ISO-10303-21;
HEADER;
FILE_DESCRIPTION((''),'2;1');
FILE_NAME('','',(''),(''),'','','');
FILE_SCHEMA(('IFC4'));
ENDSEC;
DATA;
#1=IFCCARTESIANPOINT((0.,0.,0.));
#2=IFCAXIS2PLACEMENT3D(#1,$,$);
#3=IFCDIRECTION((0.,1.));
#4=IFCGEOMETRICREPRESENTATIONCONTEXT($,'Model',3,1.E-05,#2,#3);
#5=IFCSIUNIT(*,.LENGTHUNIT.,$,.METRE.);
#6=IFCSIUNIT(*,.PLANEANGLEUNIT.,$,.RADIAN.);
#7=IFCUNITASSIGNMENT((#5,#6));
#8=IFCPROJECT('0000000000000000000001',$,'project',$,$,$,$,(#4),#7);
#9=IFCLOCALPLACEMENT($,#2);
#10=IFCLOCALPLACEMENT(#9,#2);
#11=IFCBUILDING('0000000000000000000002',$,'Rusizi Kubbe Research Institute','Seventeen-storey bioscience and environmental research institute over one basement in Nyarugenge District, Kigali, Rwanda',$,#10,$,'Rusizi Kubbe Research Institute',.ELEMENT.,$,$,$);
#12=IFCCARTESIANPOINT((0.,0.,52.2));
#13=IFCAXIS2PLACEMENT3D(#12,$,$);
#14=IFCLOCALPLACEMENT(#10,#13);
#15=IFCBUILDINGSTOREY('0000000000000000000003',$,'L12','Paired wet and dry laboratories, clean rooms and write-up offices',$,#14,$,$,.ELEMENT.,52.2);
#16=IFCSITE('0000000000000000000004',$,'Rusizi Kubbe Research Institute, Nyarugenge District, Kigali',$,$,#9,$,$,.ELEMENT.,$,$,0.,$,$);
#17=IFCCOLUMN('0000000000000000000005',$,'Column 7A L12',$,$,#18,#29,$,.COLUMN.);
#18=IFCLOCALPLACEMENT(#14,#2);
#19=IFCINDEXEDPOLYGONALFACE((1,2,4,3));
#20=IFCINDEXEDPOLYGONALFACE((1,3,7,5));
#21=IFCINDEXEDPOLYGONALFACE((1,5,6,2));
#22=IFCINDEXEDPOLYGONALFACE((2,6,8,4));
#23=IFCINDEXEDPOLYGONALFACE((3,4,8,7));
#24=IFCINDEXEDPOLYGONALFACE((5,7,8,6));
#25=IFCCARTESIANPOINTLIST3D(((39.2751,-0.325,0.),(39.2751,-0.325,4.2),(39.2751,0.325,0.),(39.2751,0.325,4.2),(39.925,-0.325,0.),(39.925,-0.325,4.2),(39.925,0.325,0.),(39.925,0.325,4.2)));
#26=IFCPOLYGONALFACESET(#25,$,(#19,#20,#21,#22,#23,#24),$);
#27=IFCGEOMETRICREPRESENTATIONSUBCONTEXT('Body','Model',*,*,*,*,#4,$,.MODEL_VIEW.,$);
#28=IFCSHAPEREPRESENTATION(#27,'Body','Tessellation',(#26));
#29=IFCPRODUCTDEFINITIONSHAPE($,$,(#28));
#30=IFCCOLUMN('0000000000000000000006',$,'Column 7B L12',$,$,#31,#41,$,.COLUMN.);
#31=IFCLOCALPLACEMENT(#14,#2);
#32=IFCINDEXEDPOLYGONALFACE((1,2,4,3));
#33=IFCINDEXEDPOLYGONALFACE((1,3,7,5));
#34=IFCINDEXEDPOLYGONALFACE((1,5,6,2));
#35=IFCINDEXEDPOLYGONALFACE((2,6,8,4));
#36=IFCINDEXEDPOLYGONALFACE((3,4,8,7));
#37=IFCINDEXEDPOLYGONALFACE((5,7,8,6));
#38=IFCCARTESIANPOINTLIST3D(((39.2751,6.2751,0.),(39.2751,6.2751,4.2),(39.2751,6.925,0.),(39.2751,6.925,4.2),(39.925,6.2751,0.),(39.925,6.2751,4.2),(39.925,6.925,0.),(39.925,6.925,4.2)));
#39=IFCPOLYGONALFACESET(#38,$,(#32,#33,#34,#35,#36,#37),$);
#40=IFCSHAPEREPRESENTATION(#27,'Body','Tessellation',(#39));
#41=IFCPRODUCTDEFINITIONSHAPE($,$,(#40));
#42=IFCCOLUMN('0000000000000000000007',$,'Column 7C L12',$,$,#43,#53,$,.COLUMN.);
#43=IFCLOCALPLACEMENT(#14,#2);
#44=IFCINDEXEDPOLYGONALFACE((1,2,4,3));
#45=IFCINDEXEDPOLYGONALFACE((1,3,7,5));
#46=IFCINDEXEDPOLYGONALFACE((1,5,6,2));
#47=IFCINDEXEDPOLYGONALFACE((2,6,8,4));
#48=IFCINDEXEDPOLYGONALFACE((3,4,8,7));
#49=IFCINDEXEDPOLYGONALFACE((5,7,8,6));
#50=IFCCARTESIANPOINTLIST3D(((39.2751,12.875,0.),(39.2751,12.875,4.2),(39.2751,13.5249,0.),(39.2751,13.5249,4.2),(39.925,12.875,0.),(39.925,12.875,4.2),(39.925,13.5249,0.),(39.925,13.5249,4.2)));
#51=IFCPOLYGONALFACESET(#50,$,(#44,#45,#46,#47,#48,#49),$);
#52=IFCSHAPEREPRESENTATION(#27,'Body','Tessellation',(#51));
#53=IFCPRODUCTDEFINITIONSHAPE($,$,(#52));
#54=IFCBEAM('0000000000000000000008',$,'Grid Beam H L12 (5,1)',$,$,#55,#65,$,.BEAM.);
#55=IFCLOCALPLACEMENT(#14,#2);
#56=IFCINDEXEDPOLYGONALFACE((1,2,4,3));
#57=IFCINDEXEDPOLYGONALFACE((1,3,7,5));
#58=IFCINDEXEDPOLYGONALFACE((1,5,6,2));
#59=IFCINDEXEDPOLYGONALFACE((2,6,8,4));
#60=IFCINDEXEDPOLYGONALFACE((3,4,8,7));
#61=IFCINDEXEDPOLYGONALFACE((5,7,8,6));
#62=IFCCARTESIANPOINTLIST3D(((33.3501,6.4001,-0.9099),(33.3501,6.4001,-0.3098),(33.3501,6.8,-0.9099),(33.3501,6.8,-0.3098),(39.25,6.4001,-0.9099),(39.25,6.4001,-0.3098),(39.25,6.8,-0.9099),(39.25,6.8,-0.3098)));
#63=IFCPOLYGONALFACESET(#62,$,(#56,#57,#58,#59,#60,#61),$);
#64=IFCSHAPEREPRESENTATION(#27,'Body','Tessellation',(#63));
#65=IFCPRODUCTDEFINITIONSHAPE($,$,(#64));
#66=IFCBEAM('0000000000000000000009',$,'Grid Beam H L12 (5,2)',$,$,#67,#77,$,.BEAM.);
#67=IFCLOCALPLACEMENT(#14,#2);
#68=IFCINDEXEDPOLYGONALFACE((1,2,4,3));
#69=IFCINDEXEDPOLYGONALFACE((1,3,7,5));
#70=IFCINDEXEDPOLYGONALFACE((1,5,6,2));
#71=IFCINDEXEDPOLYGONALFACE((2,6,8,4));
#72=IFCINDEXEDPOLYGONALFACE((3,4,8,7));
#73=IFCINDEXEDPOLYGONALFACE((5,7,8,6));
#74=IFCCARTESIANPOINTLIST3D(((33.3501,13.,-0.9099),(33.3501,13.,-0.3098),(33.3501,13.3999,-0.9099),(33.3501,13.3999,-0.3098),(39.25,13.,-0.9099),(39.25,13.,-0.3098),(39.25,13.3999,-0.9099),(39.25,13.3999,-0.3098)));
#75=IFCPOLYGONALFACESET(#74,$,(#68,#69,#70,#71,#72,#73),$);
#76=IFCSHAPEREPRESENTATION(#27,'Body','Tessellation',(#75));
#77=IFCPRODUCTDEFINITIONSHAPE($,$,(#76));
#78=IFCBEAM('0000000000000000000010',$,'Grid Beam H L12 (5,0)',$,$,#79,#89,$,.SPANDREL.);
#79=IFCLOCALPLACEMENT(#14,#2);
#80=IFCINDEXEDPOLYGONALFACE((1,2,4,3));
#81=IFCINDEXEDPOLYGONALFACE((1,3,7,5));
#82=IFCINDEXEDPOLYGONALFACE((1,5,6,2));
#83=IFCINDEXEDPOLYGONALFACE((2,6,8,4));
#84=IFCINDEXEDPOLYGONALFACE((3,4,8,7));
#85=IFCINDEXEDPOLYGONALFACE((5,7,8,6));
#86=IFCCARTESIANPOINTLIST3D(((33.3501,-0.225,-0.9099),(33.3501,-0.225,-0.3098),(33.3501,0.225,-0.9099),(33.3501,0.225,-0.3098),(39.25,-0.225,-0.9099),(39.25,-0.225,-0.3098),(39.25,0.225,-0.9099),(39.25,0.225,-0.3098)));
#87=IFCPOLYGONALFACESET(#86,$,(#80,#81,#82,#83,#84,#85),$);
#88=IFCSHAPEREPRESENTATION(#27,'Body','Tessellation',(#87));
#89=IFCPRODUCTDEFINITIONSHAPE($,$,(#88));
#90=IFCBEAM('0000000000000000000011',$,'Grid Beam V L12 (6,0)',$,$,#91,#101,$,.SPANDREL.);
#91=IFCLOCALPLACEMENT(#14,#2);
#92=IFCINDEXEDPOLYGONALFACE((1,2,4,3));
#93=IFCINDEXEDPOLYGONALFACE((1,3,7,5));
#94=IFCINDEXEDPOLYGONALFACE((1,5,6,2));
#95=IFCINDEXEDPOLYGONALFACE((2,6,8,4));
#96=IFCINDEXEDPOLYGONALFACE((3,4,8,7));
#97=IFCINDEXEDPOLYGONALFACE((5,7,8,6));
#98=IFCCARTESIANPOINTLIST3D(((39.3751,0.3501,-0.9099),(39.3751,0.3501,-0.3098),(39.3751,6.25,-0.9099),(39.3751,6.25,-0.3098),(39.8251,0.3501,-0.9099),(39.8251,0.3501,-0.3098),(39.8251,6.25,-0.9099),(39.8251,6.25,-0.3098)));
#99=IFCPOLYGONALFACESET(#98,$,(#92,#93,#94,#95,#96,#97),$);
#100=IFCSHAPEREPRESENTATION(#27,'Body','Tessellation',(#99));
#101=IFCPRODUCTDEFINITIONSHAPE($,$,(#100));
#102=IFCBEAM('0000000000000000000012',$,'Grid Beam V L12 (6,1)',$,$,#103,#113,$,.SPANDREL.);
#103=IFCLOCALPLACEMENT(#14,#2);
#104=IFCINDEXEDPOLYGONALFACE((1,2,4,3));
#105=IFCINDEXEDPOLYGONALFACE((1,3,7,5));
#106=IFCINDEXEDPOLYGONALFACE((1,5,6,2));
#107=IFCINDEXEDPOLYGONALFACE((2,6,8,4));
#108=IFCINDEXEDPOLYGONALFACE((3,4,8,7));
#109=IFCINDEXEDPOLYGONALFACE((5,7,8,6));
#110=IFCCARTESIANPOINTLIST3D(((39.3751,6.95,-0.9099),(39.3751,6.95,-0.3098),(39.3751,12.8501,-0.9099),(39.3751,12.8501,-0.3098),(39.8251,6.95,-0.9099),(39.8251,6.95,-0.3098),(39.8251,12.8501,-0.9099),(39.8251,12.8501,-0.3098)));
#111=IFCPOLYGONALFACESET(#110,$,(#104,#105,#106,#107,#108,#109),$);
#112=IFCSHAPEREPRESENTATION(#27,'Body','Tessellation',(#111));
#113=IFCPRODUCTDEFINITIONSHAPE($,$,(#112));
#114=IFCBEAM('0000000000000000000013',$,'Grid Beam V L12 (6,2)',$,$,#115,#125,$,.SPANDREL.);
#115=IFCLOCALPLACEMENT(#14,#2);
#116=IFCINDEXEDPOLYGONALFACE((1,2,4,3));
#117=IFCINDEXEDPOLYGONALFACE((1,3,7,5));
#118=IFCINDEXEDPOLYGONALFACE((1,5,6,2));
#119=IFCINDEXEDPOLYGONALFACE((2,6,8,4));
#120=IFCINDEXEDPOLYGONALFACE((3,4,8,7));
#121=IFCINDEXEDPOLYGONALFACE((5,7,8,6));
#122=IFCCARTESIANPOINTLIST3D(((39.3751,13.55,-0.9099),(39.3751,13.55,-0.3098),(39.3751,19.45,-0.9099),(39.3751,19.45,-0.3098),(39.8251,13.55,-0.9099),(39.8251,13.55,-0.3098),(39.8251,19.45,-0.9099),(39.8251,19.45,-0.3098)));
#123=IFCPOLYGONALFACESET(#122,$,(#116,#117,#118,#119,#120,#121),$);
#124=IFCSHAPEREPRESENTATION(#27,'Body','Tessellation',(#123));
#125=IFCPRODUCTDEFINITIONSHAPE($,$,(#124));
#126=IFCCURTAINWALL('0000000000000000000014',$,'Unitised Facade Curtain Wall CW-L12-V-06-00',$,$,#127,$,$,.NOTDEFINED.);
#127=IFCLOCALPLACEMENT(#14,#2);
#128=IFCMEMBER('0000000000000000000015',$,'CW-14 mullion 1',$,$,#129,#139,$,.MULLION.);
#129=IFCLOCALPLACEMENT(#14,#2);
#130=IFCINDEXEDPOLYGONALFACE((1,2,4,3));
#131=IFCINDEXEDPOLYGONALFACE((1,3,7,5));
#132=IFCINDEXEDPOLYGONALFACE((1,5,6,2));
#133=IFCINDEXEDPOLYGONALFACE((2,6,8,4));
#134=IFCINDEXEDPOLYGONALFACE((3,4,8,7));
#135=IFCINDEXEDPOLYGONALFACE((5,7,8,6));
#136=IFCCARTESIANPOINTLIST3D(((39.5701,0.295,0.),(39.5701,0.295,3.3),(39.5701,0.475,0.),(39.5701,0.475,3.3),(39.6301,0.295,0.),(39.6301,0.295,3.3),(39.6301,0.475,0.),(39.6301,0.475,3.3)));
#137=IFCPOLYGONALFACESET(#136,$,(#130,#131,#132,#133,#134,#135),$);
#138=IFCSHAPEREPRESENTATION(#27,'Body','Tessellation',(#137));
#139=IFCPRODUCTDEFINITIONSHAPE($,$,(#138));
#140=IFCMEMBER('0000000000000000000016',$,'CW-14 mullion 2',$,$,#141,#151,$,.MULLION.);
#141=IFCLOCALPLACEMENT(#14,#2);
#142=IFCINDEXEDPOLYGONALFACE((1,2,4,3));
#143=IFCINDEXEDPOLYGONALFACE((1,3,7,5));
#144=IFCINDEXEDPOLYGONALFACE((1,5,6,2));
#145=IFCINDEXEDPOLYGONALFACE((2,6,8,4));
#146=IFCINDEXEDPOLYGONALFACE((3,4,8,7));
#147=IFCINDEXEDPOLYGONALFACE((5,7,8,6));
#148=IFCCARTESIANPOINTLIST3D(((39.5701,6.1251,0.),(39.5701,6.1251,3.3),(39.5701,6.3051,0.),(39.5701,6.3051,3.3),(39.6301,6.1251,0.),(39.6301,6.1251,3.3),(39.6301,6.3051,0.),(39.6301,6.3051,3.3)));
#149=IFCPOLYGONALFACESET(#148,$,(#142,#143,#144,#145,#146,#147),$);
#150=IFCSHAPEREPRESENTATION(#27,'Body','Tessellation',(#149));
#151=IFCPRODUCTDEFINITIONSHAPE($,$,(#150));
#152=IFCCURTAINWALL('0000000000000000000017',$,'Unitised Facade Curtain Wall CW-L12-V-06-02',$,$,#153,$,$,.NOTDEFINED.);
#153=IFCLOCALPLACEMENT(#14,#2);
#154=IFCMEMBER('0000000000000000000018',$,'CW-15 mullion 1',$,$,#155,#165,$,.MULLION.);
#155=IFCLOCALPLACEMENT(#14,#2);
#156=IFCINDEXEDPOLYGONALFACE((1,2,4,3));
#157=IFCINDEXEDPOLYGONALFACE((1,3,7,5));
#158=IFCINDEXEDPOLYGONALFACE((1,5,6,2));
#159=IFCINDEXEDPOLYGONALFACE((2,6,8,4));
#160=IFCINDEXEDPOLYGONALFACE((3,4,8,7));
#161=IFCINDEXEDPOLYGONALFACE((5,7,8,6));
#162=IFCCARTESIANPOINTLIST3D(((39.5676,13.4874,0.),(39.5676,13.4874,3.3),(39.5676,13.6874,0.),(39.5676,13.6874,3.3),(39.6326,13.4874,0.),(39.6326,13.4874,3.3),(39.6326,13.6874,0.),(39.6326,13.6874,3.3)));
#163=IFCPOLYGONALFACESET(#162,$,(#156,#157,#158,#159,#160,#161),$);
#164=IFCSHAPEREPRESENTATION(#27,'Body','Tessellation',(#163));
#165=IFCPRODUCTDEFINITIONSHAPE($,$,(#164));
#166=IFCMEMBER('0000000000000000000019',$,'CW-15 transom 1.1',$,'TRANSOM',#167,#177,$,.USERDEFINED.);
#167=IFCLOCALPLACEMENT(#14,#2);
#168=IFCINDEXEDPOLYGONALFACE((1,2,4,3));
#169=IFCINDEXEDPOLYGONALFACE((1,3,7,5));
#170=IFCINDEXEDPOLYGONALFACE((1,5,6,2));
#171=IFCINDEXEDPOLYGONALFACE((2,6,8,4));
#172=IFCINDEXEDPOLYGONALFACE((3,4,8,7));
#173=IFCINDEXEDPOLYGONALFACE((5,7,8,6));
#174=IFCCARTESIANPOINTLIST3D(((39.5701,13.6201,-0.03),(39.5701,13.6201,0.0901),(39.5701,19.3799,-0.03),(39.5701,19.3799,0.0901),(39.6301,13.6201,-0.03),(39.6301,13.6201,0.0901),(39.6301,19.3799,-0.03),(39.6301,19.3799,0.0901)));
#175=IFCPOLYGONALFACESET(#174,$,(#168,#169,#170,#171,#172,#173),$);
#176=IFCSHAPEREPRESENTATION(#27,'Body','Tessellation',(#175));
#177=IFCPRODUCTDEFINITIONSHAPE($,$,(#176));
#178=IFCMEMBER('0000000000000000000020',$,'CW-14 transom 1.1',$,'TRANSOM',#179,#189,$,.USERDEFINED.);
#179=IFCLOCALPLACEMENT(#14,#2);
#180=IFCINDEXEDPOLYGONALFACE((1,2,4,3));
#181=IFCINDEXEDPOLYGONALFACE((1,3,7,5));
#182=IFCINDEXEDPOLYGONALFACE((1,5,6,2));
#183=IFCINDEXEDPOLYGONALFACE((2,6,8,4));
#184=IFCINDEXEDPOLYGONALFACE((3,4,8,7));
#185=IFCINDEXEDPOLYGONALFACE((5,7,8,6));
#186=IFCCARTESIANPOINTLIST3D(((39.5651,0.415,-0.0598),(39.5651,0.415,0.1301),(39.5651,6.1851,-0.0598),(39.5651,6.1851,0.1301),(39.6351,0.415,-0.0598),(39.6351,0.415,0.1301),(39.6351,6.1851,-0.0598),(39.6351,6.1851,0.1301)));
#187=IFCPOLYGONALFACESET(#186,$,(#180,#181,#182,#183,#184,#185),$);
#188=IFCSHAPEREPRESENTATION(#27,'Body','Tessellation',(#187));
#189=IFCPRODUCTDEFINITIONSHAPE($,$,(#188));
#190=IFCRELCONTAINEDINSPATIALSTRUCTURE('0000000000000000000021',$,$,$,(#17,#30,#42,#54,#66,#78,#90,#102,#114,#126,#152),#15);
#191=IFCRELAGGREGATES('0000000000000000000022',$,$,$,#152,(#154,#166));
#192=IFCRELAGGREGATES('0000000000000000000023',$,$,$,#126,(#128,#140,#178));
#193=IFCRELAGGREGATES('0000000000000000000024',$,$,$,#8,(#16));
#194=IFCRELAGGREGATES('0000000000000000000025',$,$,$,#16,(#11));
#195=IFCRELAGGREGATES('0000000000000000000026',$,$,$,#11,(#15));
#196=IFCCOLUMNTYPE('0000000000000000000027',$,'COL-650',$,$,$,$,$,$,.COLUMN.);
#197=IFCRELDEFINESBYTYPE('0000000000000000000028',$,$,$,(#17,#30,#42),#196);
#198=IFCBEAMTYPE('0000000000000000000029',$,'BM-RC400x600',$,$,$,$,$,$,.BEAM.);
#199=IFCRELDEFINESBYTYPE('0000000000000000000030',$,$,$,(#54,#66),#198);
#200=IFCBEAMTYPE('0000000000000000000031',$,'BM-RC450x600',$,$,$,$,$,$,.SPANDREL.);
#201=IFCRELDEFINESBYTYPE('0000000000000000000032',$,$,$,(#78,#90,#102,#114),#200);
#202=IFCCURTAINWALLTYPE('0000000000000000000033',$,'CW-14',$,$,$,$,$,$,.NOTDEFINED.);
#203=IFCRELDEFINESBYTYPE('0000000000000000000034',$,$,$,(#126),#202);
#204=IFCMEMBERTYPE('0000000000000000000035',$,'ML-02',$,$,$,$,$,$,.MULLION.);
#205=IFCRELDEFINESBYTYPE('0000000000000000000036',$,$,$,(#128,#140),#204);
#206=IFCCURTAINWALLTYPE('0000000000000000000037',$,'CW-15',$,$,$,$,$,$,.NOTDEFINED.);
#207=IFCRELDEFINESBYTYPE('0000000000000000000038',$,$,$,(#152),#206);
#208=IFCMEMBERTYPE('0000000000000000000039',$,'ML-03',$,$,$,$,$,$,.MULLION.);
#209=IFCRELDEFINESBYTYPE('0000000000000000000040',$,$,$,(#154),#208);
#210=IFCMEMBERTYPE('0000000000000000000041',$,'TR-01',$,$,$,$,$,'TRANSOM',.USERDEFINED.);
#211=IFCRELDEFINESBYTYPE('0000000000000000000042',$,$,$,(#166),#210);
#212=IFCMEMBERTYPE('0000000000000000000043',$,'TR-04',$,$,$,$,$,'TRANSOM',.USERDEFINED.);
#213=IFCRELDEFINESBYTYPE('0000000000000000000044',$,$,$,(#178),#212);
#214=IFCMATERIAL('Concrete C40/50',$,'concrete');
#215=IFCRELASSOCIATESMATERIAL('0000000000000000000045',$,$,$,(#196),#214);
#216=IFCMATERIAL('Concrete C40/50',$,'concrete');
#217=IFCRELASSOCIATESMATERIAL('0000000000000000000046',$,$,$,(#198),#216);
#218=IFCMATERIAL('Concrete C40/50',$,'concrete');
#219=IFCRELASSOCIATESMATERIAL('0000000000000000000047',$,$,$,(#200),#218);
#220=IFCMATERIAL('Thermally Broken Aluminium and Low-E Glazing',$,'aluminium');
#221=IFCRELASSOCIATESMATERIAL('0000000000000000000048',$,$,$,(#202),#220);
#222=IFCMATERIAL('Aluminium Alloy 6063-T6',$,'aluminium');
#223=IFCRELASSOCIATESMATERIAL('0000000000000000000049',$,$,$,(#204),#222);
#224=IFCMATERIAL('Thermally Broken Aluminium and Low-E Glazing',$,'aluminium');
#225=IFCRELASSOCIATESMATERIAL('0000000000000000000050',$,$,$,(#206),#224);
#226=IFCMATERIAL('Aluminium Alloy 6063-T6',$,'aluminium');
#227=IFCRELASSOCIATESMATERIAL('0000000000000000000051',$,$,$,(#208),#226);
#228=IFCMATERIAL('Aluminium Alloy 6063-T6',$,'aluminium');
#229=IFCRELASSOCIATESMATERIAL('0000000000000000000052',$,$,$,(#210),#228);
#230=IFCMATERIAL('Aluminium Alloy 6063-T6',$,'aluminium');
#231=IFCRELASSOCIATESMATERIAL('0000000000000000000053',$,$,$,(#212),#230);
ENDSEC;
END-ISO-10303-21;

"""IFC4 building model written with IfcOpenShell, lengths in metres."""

from ifc_helpers import new_model, si_unit, direction, frame, origin, origin_2d, place, context, subcontext, project, spatial, rectangle, extrude, material, material_profile, profile_set, type_object, element, aggregate, save


model = new_model("IFC4")

# Units and contexts
model_context = context("Model", 3, precision=1e-05, world=origin(), true_north=direction((0.0, 1.0)))
body_context = subcontext(model_context, "Body", "Model", "MODEL_VIEW")
ifc_project = project(units=[si_unit("LENGTHUNIT", "METRE"), si_unit("PLANEANGLEUNIT", "RADIAN")], contexts=[model_context])

# Site, building, storey
site_placement = place(None, origin())
site = spatial("IfcSite", under=ifc_project, at=site_placement, Name="Rusizi Kubbe Research Institute, Nyarugenge District, Kigali", CompositionType="ELEMENT", RefElevation=0.0)
building_placement = place(site_placement, origin())
building = spatial("IfcBuilding", under=site, at=building_placement, Name="Rusizi Kubbe Research Institute", Description="Seventeen-storey bioscience and environmental research institute over one basement in Nyarugenge District, Kigali, Rwanda", LongName="Rusizi Kubbe Research Institute", CompositionType="ELEMENT")
storey_placement = place(building_placement, frame((0.0, 0.0, 52.2)))
storey = spatial("IfcBuildingStorey", under=building, at=storey_placement, Name="L12", Description="Paired wet and dry laboratories, clean rooms and write-up offices", CompositionType="ELEMENT", Elevation=52.2)

# Columns
ifc_material_1 = material(Name="Concrete C40/50", Category="concrete")
ifc_material_profile_1 = material_profile(ifc_material_1, rectangle(XDim=0.6499, YDim=0.6499, at=origin_2d()), Name="RC650x650")
ifc_profile_set_1 = profile_set([ifc_material_profile_1], Name="Concrete C40/50")
column_type = type_object("IfcColumnType", Name="COL-650", PredefinedType="COLUMN", material=ifc_profile_set_1)
for number, where, z_axis, x_axis, name in (
    (1, (39.6001, 0.0, 0.0), (0.0, 0.0, 1.0), (1.0, 0.0, 0.0), "Column 7A L12"),
    (2, (39.6001, 6.6001, 0.0), (0.0, 0.0, 1.0), (1.0, 0.0, 0.0), "Column 7B L12"),
    (3, (39.6001, 13.2, 0.0), (0.0, 0.0, 1.0), (1.0, 0.0, 0.0), "Column 7C L12"),
):
    element("IfcColumn", number, at=place(storey_placement, frame(where, z_axis=z_axis, x_axis=x_axis)), inside=storey, type_object=column_type, Name=name, PredefinedType="COLUMN", context=body_context, shape_type="SweptSolid", body=[
        extrude(rectangle(XDim=0.6499, YDim=0.6499, at=origin_2d()), origin(), (0.0, 0.0, 1.0), 4.2),
    ])

# Beams
ifc_material_2 = material(Name="Concrete C40/50", Category="concrete")
ifc_material_profile_2 = material_profile(ifc_material_2, rectangle(XDim=0.3999, YDim=0.6001, at=origin_2d()), Name="RC400x600")
ifc_profile_set_2 = profile_set([ifc_material_profile_2], Name="Concrete C40/50")
beam_type_1 = type_object("IfcBeamType", Name="BM-RC400x600", PredefinedType="BEAM", material=ifc_profile_set_2)
for number, where, z_axis, x_axis, name in (
    (4, (33.3501, 6.6001, -0.6099), (1.0, 0.0, 0.0), (0.0, 1.0, 0.0), "Grid Beam H L12 (5,1)"),
    (5, (33.3501, 13.2, -0.6099), (1.0, 0.0, 0.0), (0.0, 1.0, 0.0), "Grid Beam H L12 (5,2)"),
):
    element("IfcBeam", number, at=place(storey_placement, frame(where, z_axis=z_axis, x_axis=x_axis)), inside=storey, type_object=beam_type_1, Name=name, PredefinedType="BEAM", context=body_context, shape_type="SweptSolid", body=[
        extrude(rectangle(XDim=0.3999, YDim=0.6001, at=origin_2d()), origin(), (0.0, 0.0, 1.0), 5.8999),
    ])
ifc_material_3 = material(Name="Concrete C40/50", Category="concrete")
ifc_material_profile_3 = material_profile(ifc_material_3, rectangle(XDim=0.45, YDim=0.6001, at=origin_2d()), Name="RC450x600")
ifc_profile_set_3 = profile_set([ifc_material_profile_3], Name="Concrete C40/50")
beam_type_2 = type_object("IfcBeamType", Name="BM-RC450x600", PredefinedType="SPANDREL", material=ifc_profile_set_3)
for number, where, z_axis, x_axis, name in (
    (6, (33.3501, 0.0, -0.6099), (1.0, 0.0, 0.0), (0.0, 1.0, 0.0), "Grid Beam H L12 (5,0)"),
    (7, (39.6001, 0.3501, -0.6099), (0.0, 1.0, 0.0), (-1.0, 0.0, 0.0), "Grid Beam V L12 (6,0)"),
):
    element("IfcBeam", number, at=place(storey_placement, frame(where, z_axis=z_axis, x_axis=x_axis)), inside=storey, type_object=beam_type_2, Name=name, PredefinedType="SPANDREL", context=body_context, shape_type="SweptSolid", body=[
        extrude(rectangle(XDim=0.45, YDim=0.6001, at=origin_2d()), origin(), (0.0, 0.0, 1.0), 5.8999),
    ])
beam_1_placement = place(storey_placement, frame((39.6001, 6.95, -0.6099), z_axis=(0.0, 1.0, 0.0), x_axis=(-1.0, 0.0, 0.0)))
element("IfcBeam", 8, at=beam_1_placement, inside=storey, type_object=beam_type_2, Name="Grid Beam V L12 (6,1)", PredefinedType="SPANDREL", context=body_context, shape_type="SweptSolid", body=[
    extrude(rectangle(XDim=0.45, YDim=0.6001, at=origin_2d()), origin(), (0.0, 0.0, 1.0), 5.9001),
])
beam_2_placement = place(storey_placement, frame((39.6001, 13.55, -0.6099), z_axis=(0.0, 1.0, 0.0), x_axis=(-1.0, 0.0, 0.0)))
element("IfcBeam", 9, at=beam_2_placement, inside=storey, type_object=beam_type_2, Name="Grid Beam V L12 (6,2)", PredefinedType="SPANDREL", context=body_context, shape_type="SweptSolid", body=[
    extrude(rectangle(XDim=0.45, YDim=0.6001, at=origin_2d()), origin(), (0.0, 0.0, 1.0), 5.8999),
])

# Curtain walls, members
ifc_material_4 = material(Name="Thermally Broken Aluminium and Low-E Glazing", Category="aluminium")
curtain_wall_type_1 = type_object("IfcCurtainWallType", Name="CW-14", PredefinedType="NOTDEFINED", material=ifc_material_4)
curtain_wall_1_placement = place(storey_placement, origin())
curtain_wall_1 = element("IfcCurtainWall", 10, at=curtain_wall_1_placement, inside=storey, type_object=curtain_wall_type_1, Name="Unitised Facade Curtain Wall CW-L12-V-06-00", PredefinedType="NOTDEFINED")
ifc_material_5 = material(Name="Aluminium Alloy 6063-T6", Category="aluminium")
ifc_material_profile_4 = material_profile(ifc_material_5, rectangle(XDim=0.0601, YDim=0.1799, at=origin_2d()), Name="ALU-M 60x180")
ifc_profile_set_4 = profile_set([ifc_material_profile_4], Name="Aluminium Alloy 6063-T6")
member_type_1 = type_object("IfcMemberType", Name="ML-02", PredefinedType="MULLION", material=ifc_profile_set_4)
member_1_placement = place(storey_placement, frame((39.6001, 0.385, 0.0), z_axis=(0.0, 0.0, 1.0), x_axis=(-1.0, 0.0, 0.0)))
member_1 = element("IfcMember", 11, at=member_1_placement, type_object=member_type_1, Name="CW-14 mullion 1", PredefinedType="MULLION", context=body_context, shape_type="SweptSolid", body=[
    extrude(rectangle(XDim=0.0601, YDim=0.1799, at=origin_2d()), origin(), (0.0, 0.0, 1.0), 3.3),
])
member_2_placement = place(storey_placement, frame((39.6001, 6.2151, 0.0), z_axis=(0.0, 0.0, 1.0), x_axis=(-1.0, 0.0, 0.0)))
member_2 = element("IfcMember", 12, at=member_2_placement, type_object=member_type_1, Name="CW-14 mullion 2", PredefinedType="MULLION", context=body_context, shape_type="SweptSolid", body=[
    extrude(rectangle(XDim=0.0601, YDim=0.1799, at=origin_2d()), origin(), (0.0, 0.0, 1.0), 3.3),
])
ifc_material_6 = material(Name="Thermally Broken Aluminium and Low-E Glazing", Category="aluminium")
curtain_wall_type_2 = type_object("IfcCurtainWallType", Name="CW-15", PredefinedType="NOTDEFINED", material=ifc_material_6)
curtain_wall_2_placement = place(storey_placement, origin())
curtain_wall_2 = element("IfcCurtainWall", 13, at=curtain_wall_2_placement, inside=storey, type_object=curtain_wall_type_2, Name="Unitised Facade Curtain Wall CW-L12-V-06-02", PredefinedType="NOTDEFINED")
ifc_material_7 = material(Name="Aluminium Alloy 6063-T6", Category="aluminium")
ifc_material_profile_5 = material_profile(ifc_material_7, rectangle(XDim=0.0649, YDim=0.2, at=origin_2d()), Name="ALU-M 65x200")
ifc_profile_set_5 = profile_set([ifc_material_profile_5], Name="Aluminium Alloy 6063-T6")
member_type_2 = type_object("IfcMemberType", Name="ML-03", PredefinedType="MULLION", material=ifc_profile_set_5)
member_3_placement = place(storey_placement, frame((39.6001, 13.5874, 0.0), z_axis=(0.0, 0.0, 1.0), x_axis=(-1.0, 0.0, 0.0)))
member_3 = element("IfcMember", 14, at=member_3_placement, type_object=member_type_2, Name="CW-15 mullion 1", PredefinedType="MULLION", context=body_context, shape_type="SweptSolid", body=[
    extrude(rectangle(XDim=0.0649, YDim=0.2, at=origin_2d()), origin(), (0.0, 0.0, 1.0), 3.3),
])
ifc_material_8 = material(Name="Aluminium Alloy 6063-T6", Category="aluminium")
ifc_material_profile_6 = material_profile(ifc_material_8, rectangle(XDim=0.0601, YDim=0.1201, at=origin_2d()), Name="ALU-T 60x120")
ifc_profile_set_6 = profile_set([ifc_material_profile_6], Name="Aluminium Alloy 6063-T6")
member_type_3 = type_object("IfcMemberType", Name="TR-01", ElementType="TRANSOM", PredefinedType="USERDEFINED", material=ifc_profile_set_6)
member_4_placement = place(storey_placement, frame((39.6001, 13.6201, 0.03), z_axis=(0.0, 1.0, 0.0), x_axis=(-1.0, 0.0, 0.0)))
member_4 = element("IfcMember", 15, at=member_4_placement, type_object=member_type_3, Name="CW-15 transom 1.1", ObjectType="TRANSOM", PredefinedType="USERDEFINED", context=body_context, shape_type="SweptSolid", body=[
    extrude(rectangle(XDim=0.0601, YDim=0.1201, at=origin_2d()), origin(), (0.0, 0.0, 1.0), 5.7598),
])
aggregate(curtain_wall_2, [member_3, member_4])

# Member
ifc_material_9 = material(Name="Aluminium Alloy 6063-T6", Category="aluminium")
ifc_material_profile_7 = material_profile(ifc_material_9, rectangle(XDim=0.0701, YDim=0.1899, at=origin_2d()), Name="ALU-T 70x190")
ifc_profile_set_7 = profile_set([ifc_material_profile_7], Name="Aluminium Alloy 6063-T6")
member_type_4 = type_object("IfcMemberType", Name="TR-04", ElementType="TRANSOM", PredefinedType="USERDEFINED", material=ifc_profile_set_7)
member_5_placement = place(storey_placement, frame((39.6001, 0.415, 0.0352), z_axis=(0.0, 1.0, 0.0), x_axis=(-1.0, 0.0, 0.0)))
member_5 = element("IfcMember", 16, at=member_5_placement, type_object=member_type_4, Name="CW-14 transom 1.1", ObjectType="TRANSOM", PredefinedType="USERDEFINED", context=body_context, shape_type="SweptSolid", body=[
    extrude(rectangle(XDim=0.0701, YDim=0.1899, at=origin_2d()), origin(), (0.0, 0.0, 1.0), 5.77),
])

aggregate(curtain_wall_1, [member_1, member_2, member_5])

save(model, "model.ifc")
